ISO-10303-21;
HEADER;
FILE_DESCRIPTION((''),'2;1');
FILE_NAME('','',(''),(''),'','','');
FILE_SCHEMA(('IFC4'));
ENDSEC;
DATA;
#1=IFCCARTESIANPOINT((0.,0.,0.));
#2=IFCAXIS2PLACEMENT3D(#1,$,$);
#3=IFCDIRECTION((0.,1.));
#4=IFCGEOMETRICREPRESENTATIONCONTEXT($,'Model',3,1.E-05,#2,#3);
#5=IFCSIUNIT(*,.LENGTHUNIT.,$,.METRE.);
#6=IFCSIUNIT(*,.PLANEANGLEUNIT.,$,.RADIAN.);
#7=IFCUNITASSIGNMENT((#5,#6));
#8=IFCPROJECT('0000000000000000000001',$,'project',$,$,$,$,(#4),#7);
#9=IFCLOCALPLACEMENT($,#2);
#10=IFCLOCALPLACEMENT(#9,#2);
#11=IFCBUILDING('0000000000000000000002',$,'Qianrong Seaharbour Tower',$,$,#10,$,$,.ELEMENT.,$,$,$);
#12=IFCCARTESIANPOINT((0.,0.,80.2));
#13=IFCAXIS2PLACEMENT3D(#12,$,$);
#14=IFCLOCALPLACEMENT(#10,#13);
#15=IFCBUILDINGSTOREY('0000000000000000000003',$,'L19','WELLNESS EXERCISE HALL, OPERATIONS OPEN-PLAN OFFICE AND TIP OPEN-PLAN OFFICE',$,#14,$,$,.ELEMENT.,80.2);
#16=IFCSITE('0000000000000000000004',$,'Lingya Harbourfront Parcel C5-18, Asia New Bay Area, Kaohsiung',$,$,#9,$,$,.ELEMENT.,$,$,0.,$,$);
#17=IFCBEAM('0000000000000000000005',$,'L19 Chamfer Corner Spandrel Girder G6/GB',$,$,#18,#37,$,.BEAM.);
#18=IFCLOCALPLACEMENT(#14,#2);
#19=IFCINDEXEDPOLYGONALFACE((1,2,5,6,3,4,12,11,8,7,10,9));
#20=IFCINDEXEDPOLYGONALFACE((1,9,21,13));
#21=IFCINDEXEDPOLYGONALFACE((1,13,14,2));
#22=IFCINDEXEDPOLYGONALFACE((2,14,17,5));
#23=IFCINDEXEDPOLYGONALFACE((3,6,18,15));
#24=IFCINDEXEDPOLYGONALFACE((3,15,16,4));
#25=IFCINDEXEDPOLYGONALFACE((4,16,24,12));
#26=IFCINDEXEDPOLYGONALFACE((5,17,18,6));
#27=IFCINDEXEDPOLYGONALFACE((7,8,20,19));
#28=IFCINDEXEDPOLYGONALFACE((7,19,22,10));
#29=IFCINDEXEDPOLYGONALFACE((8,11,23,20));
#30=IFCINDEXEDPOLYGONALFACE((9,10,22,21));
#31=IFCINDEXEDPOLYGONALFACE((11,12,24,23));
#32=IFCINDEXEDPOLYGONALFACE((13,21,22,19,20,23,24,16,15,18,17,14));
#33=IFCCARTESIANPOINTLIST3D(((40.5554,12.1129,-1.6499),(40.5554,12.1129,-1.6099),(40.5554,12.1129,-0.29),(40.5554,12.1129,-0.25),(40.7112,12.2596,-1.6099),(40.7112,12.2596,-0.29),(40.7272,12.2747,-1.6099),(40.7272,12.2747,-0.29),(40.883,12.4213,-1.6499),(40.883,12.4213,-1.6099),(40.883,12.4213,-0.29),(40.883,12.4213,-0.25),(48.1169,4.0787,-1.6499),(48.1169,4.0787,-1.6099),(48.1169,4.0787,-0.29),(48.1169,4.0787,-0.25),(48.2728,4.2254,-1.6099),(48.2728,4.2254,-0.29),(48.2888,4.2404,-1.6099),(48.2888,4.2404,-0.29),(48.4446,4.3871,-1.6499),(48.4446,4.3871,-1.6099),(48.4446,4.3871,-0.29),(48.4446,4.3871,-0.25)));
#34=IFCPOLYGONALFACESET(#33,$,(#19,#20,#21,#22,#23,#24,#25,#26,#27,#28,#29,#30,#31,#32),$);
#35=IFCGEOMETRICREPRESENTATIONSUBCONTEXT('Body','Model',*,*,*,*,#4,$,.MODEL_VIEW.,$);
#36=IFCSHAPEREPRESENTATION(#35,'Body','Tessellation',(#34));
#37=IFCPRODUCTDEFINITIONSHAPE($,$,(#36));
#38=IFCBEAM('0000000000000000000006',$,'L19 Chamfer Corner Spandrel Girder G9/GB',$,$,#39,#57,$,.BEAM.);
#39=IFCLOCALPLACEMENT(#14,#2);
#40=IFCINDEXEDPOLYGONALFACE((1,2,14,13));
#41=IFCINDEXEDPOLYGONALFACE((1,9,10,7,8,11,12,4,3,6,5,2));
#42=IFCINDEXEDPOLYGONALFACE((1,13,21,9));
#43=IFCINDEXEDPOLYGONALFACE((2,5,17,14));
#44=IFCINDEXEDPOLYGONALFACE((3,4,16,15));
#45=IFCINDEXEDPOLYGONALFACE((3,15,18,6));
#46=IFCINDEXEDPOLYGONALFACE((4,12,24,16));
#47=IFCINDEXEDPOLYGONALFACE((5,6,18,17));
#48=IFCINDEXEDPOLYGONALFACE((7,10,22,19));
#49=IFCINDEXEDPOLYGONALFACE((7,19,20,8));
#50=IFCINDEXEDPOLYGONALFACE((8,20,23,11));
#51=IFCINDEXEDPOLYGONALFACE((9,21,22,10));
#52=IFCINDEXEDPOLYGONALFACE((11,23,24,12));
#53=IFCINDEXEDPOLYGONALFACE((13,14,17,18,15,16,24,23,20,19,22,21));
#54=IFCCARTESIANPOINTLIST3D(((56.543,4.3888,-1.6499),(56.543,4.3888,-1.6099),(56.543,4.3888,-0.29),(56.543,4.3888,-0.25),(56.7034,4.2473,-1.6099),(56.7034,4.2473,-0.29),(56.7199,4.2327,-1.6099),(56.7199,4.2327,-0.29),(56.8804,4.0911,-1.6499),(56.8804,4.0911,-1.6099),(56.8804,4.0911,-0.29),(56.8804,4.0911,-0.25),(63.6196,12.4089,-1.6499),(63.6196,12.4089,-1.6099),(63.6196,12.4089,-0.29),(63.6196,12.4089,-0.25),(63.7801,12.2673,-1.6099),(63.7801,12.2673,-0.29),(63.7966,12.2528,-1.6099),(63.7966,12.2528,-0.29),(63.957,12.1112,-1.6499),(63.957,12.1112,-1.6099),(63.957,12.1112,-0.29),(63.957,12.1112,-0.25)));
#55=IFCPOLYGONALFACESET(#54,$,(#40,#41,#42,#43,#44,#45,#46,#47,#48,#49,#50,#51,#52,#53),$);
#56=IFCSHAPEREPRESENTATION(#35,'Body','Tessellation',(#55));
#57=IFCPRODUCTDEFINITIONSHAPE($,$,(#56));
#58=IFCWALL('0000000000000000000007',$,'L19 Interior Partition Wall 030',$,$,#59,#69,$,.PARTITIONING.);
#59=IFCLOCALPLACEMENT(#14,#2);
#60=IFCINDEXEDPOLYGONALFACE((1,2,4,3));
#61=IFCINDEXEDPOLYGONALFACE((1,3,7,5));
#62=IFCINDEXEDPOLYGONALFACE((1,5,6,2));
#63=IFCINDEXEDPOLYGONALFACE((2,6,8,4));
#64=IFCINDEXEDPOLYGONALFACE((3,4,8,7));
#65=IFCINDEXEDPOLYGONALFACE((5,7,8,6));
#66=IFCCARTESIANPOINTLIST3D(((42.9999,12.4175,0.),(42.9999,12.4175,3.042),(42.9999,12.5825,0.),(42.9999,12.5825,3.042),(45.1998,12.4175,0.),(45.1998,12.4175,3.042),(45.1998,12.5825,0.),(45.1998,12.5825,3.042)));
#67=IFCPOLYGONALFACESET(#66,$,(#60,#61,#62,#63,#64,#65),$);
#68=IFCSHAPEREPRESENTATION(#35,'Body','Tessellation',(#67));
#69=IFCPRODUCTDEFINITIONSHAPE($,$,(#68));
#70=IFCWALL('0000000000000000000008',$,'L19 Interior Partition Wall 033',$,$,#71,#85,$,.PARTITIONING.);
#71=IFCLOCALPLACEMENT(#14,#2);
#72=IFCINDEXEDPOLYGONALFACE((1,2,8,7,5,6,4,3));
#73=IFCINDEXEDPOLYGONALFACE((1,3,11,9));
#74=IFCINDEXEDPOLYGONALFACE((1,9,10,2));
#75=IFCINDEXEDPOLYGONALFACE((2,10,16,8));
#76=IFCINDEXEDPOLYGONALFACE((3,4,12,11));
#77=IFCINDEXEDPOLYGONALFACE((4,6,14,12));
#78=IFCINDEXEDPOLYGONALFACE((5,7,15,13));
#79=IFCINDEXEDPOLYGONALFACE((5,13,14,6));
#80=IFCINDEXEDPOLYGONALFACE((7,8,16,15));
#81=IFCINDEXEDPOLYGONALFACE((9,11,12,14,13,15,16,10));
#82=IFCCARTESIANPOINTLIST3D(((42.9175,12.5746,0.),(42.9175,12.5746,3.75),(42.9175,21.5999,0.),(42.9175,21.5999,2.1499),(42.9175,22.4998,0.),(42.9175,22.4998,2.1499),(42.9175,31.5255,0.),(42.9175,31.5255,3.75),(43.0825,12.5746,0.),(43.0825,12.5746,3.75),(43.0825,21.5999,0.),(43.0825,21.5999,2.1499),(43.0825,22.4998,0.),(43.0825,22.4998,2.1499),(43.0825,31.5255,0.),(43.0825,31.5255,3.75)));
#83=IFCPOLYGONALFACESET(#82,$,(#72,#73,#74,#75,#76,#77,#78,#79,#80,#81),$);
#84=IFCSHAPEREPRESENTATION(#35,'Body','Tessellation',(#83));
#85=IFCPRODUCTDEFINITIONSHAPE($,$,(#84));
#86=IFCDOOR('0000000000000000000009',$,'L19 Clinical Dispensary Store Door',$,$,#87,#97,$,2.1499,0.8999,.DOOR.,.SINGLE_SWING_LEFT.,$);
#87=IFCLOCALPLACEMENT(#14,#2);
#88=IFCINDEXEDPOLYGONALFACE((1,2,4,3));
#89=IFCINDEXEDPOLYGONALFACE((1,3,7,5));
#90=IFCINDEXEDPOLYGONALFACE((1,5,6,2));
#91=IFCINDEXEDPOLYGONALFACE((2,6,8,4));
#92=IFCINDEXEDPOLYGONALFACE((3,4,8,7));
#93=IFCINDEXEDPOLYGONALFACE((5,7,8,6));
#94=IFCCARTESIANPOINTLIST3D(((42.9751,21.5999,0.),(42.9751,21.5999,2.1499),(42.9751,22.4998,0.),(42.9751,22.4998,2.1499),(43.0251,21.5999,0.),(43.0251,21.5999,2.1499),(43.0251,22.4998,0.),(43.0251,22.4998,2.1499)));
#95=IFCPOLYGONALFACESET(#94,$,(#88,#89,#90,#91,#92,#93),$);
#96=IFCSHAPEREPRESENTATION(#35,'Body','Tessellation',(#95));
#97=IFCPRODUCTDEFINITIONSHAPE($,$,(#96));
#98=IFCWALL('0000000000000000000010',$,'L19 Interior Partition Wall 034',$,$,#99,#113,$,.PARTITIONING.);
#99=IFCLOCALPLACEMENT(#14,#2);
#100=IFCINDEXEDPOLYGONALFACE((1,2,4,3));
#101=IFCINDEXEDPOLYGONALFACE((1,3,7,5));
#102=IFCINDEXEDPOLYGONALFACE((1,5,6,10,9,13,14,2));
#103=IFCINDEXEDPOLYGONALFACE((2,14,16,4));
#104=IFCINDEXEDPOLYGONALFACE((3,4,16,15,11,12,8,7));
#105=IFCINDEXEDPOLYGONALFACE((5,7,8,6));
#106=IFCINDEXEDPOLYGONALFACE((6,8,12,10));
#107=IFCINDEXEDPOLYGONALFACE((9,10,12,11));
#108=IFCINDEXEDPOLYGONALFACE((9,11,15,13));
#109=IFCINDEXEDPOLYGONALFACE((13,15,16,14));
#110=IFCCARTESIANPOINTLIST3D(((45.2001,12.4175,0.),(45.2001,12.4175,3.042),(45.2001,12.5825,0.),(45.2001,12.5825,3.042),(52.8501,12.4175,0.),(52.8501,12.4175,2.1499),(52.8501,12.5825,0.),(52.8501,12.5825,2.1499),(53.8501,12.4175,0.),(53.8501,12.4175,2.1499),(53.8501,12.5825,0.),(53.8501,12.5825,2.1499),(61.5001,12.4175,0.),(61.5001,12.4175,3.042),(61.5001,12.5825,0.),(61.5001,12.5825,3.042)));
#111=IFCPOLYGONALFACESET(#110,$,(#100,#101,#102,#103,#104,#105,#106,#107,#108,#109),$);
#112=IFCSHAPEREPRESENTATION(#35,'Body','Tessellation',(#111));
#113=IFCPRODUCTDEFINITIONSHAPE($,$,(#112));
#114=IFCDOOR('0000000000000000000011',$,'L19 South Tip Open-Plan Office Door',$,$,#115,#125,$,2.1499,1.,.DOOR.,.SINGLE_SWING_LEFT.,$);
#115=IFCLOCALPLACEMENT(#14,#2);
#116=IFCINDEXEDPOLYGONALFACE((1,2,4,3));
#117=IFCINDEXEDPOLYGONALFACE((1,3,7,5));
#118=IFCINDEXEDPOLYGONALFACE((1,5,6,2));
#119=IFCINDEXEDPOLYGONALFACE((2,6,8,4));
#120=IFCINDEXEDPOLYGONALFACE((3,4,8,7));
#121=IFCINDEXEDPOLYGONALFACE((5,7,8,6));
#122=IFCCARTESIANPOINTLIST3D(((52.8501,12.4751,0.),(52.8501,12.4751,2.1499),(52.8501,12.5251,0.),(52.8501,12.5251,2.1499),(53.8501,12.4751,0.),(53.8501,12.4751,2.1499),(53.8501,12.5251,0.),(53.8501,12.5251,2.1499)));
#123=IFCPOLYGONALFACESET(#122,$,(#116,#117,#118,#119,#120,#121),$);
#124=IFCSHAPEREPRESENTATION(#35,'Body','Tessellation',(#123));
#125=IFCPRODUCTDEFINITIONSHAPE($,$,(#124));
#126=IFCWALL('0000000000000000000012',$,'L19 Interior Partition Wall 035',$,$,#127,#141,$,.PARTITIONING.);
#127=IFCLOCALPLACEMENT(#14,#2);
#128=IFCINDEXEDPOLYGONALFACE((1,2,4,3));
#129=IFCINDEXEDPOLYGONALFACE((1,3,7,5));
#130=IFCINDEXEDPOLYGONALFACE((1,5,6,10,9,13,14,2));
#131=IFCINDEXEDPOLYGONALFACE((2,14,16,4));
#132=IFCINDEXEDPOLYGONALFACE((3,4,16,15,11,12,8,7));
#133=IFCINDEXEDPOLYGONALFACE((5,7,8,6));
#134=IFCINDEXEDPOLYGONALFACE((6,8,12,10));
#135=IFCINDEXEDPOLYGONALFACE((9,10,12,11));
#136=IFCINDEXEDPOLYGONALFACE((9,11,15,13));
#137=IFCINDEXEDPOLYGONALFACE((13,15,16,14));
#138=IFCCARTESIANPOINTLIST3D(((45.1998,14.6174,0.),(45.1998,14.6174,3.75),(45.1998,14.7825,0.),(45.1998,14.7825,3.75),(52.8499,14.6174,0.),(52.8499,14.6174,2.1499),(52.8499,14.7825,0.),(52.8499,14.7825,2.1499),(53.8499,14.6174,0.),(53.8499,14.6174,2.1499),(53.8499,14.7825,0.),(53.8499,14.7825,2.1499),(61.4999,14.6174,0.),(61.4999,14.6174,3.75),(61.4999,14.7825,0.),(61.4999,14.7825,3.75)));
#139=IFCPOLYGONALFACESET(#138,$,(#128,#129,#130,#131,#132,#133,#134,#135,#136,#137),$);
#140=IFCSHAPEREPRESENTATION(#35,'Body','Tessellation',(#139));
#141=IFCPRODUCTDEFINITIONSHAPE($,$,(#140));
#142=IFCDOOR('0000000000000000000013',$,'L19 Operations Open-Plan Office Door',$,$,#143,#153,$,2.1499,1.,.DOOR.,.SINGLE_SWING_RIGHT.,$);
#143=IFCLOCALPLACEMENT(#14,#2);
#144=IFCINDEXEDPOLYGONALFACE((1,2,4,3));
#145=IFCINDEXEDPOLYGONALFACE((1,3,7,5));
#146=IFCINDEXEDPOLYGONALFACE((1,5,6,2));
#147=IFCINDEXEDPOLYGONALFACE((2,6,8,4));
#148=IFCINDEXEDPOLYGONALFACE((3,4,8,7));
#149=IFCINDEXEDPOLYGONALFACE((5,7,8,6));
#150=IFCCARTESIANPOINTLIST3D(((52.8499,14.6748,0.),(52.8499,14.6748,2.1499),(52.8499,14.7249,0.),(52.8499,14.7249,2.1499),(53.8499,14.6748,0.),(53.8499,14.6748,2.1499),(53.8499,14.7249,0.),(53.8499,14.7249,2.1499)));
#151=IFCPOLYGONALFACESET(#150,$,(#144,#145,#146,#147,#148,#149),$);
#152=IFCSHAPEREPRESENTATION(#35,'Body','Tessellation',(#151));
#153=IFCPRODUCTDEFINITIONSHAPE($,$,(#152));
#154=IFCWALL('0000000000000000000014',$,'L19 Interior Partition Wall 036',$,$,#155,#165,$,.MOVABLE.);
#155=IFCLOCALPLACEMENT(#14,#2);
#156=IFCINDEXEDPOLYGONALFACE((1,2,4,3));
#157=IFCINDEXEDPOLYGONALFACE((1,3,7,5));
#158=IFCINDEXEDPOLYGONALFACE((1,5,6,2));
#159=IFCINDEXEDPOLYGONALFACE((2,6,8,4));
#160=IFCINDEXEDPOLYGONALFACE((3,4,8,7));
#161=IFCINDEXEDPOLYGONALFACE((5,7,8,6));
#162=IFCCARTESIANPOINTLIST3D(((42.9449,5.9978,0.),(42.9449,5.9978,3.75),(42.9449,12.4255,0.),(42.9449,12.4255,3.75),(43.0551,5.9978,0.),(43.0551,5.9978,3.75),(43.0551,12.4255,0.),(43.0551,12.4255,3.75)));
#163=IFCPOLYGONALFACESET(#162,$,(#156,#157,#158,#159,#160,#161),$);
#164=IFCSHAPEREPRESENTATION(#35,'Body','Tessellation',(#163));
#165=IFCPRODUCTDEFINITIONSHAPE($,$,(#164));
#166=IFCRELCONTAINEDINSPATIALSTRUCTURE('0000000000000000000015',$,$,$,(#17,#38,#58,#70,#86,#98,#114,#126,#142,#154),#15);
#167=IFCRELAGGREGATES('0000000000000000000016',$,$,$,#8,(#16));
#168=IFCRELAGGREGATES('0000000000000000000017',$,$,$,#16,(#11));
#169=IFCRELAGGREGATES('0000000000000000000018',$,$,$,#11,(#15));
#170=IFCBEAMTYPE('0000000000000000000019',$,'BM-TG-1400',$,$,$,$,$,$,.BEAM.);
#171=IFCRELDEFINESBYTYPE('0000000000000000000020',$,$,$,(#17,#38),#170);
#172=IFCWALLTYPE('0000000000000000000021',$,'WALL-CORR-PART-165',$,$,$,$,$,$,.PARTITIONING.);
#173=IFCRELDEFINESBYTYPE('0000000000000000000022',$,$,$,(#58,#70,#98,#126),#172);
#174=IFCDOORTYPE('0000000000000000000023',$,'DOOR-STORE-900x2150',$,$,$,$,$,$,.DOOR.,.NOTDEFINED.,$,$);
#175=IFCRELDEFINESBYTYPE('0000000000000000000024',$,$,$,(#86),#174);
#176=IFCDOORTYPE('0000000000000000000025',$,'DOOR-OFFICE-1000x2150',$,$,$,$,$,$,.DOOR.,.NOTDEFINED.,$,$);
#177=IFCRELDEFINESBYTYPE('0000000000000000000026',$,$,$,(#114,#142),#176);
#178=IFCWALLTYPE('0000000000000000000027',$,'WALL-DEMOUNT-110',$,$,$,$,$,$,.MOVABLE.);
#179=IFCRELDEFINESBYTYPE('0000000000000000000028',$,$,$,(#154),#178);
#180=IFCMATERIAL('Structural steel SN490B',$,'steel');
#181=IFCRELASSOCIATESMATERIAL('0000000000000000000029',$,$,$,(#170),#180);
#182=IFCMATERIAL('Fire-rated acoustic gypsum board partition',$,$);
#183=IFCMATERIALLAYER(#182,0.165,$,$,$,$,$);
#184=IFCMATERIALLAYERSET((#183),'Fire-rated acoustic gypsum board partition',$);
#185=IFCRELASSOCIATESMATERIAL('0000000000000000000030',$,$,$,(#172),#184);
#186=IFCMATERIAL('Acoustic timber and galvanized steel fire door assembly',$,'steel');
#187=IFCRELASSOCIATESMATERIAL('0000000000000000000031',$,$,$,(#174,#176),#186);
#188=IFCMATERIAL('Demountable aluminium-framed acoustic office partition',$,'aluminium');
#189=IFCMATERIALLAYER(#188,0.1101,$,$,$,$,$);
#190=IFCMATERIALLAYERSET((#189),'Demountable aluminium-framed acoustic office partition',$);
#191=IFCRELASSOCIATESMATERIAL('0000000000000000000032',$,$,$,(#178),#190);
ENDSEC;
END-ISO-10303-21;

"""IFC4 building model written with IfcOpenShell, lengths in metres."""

from ifc_helpers import new_model, si_unit, direction, frame, frame_2d, origin, origin_2d, place, context, subcontext, project, spatial, rectangle, i_section, extrude, material, layer, layer_set, material_profile, profile_set, type_object, element, fill, save


model = new_model("IFC4")

# Units and contexts
model_context = context("Model", 3, precision=1e-05, world=origin(), true_north=direction((0.0, 1.0)))
body_context = subcontext(model_context, "Body", "Model", "MODEL_VIEW")
ifc_project = project(units=[si_unit("LENGTHUNIT", "METRE"), si_unit("PLANEANGLEUNIT", "RADIAN")], contexts=[model_context])

# Site, building, storey
site_placement = place(None, origin())
site = spatial("IfcSite", under=ifc_project, at=site_placement, Name="Lingya Harbourfront Parcel C5-18, Asia New Bay Area, Kaohsiung", CompositionType="ELEMENT", RefElevation=0.0)
building_placement = place(site_placement, origin())
building = spatial("IfcBuilding", under=site, at=building_placement, Name="Qianrong Seaharbour Tower", CompositionType="ELEMENT")
storey_placement = place(building_placement, frame((0.0, 0.0, 80.2)))
storey = spatial("IfcBuildingStorey", under=building, at=storey_placement, Name="L19", Description="WELLNESS EXERCISE HALL, OPERATIONS OPEN-PLAN OFFICE AND TIP OPEN-PLAN OFFICE", CompositionType="ELEMENT", Elevation=80.2)

# Shared definitions
ifc_material_1 = material(Name="Structural steel SN490B", Category="steel")

# Beams
ifc_material_profile_1 = material_profile(ifc_material_1, i_section(OverallWidth=0.45, OverallDepth=1.3999, WebThickness=0.022, FlangeThickness=0.04, at=origin_2d()), Name="BH1400x450x22x40")
ifc_profile_set_1 = profile_set([ifc_material_profile_1], Name="Structural steel SN490B")
beam_type_1 = type_object("IfcBeamType", Name="BM-TG-1400", PredefinedType="BEAM", material=ifc_profile_set_1)
beam_1_placement = place(storey_placement, frame((48.2808, 4.2329, -0.95), z_axis=(-0.685362, 0.728203, 0.0), x_axis=(-0.728203, -0.685362, 0.0)))
element("IfcBeam", 1, at=beam_1_placement, inside=storey, type_object=beam_type_1, Name="L19 Chamfer Corner Spandrel Girder G6/GB", PredefinedType="BEAM", context=body_context, shape_type="SweptSolid", body=[
    extrude(i_section(OverallWidth=0.45, OverallDepth=1.3999, WebThickness=0.022, FlangeThickness=0.04, at=origin_2d()), origin(), (0.0, 0.0, 1.0), 11.033),
])
beam_2_placement = place(storey_placement, frame((56.7117, 4.24, -0.95), z_axis=(0.661631, 0.74983, 0.0), x_axis=(-0.74983, 0.661631, 0.0)))
element("IfcBeam", 2, at=beam_2_placement, inside=storey, type_object=beam_type_1, Name="L19 Chamfer Corner Spandrel Girder G9/GB", PredefinedType="BEAM", context=body_context, shape_type="SweptSolid", body=[
    extrude(i_section(OverallWidth=0.45, OverallDepth=1.3999, WebThickness=0.022, FlangeThickness=0.04, at=origin_2d()), origin(), (0.0, 0.0, 1.0), 10.6958),
])

# Wall
ifc_material_2 = material(Name="Fire-rated acoustic gypsum board partition")
ifc_layer_1 = layer(ifc_material_2, 0.165)
ifc_layer_set_1 = layer_set([ifc_layer_1], Name="Fire-rated acoustic gypsum board partition")
wall_type_1 = type_object("IfcWallType", Name="WALL-CORR-PART-165", PredefinedType="PARTITIONING", material=ifc_layer_set_1)
wall_1_placement = place(storey_placement, frame((45.2, 12.5, 0.0), z_axis=(0.0, 0.0, 1.0), x_axis=(-1.0, 0.0, 0.0)))
element("IfcWall", 3, at=wall_1_placement, inside=storey, type_object=wall_type_1, Name="L19 Interior Partition Wall 030", PredefinedType="PARTITIONING", context=body_context, shape_type="SweptSolid", body=[
    extrude(rectangle(XDim=2.2, YDim=0.165, at=frame_2d((1.1001, 0.0))), origin(), (0.0, 0.0, 1.0), 3.042),
])

# Walls, openings, doors
wall_2_placement = place(storey_placement, frame((43.0, 12.5745, 0.0), z_axis=(0.0, 0.0, 1.0), x_axis=(0.0, 1.0, 0.0)))
wall_2 = element("IfcWall", 4, at=wall_2_placement, inside=storey, type_object=wall_type_1, Name="L19 Interior Partition Wall 033", PredefinedType="PARTITIONING", context=body_context, shape_type="SweptSolid", body=[
    extrude(rectangle(XDim=18.9509, YDim=0.165, at=frame_2d((9.4756, 0.0))), origin(), (0.0, 0.0, 1.0), 3.75),
])
opening_1_placement = place(wall_2_placement, frame((9.0254, 0.0, 0.0)))
opening_1 = element("IfcOpeningElement", 5, at=opening_1_placement, cuts=wall_2, PredefinedType="OPENING", context=body_context, shape_type="SweptSolid", body=[
    extrude(rectangle(XDim=0.8999, YDim=2.1499, at=frame_2d((0.45, 1.075))), frame((0.0, 0.0925, 0.0), z_axis=(0.0, -1.0, 0.0), x_axis=(1.0, 0.0, 0.0)), (0.0, 0.0, 1.0), 0.1851),
])
ifc_material_3 = material(Name="Acoustic timber and galvanized steel fire door assembly", Category="steel")
door_type_1 = type_object("IfcDoorType", Name="DOOR-STORE-900x2150", OperationType="NOTDEFINED", PredefinedType="DOOR", material=ifc_material_3)
door_1_placement = place(opening_1_placement, origin())
door_1 = element("IfcDoor", 6, at=door_1_placement, inside=storey, type_object=door_type_1, Name="L19 Clinical Dispensary Store Door", OperationType="SINGLE_SWING_LEFT", OverallHeight=2.1499, OverallWidth=0.8999, PredefinedType="DOOR", context=body_context, shape_type="SweptSolid", body=[
    extrude(rectangle(XDim=0.8999, YDim=2.1499, at=frame_2d((0.45, 1.075))), frame((0.0, 0.0249, 0.0), z_axis=(0.0, -1.0, 0.0), x_axis=(1.0, 0.0, 0.0)), (0.0, 0.0, 1.0), 0.05),
])
fill(opening_1, door_1)
wall_3_placement = place(storey_placement, frame((61.5, 12.5, 0.0), z_axis=(0.0, 0.0, 1.0), x_axis=(-1.0, 0.0, 0.0)))
wall_3 = element("IfcWall", 7, at=wall_3_placement, inside=storey, type_object=wall_type_1, Name="L19 Interior Partition Wall 034", PredefinedType="PARTITIONING", context=body_context, shape_type="SweptSolid", body=[
    extrude(rectangle(XDim=16.3, YDim=0.165, at=frame_2d((8.1499, 0.0))), origin(), (0.0, 0.0, 1.0), 3.042),
])
opening_2_placement = place(wall_3_placement, frame((7.6499, 0.0, 0.0)))
opening_2 = element("IfcOpeningElement", 8, at=opening_2_placement, cuts=wall_3, PredefinedType="OPENING", context=body_context, shape_type="SweptSolid", body=[
    extrude(rectangle(XDim=1.0, YDim=2.1499, at=frame_2d((0.5, 1.075))), frame((0.0, 0.0925, 0.0), z_axis=(0.0, -1.0, 0.0), x_axis=(1.0, 0.0, 0.0)), (0.0, 0.0, 1.0), 0.1851),
])
door_type_2 = type_object("IfcDoorType", Name="DOOR-OFFICE-1000x2150", OperationType="NOTDEFINED", PredefinedType="DOOR", material=ifc_material_3)
door_2_placement = place(opening_2_placement, origin())
door_2 = element("IfcDoor", 9, at=door_2_placement, inside=storey, type_object=door_type_2, Name="L19 South Tip Open-Plan Office Door", OperationType="SINGLE_SWING_LEFT", OverallHeight=2.1499, OverallWidth=1.0, PredefinedType="DOOR", context=body_context, shape_type="SweptSolid", body=[
    extrude(rectangle(XDim=1.0, YDim=2.1499, at=frame_2d((0.5, 1.075))), frame((0.0, 0.0249, 0.0), z_axis=(0.0, -1.0, 0.0), x_axis=(1.0, 0.0, 0.0)), (0.0, 0.0, 1.0), 0.05),
])
fill(opening_2, door_2)
wall_4_placement = place(storey_placement, frame((45.2, 14.7, 0.0), z_axis=(0.0, 0.0, 1.0), x_axis=(1.0, 0.0, 0.0)))
wall_4 = element("IfcWall", 10, at=wall_4_placement, inside=storey, type_object=wall_type_1, Name="L19 Interior Partition Wall 035", PredefinedType="PARTITIONING", context=body_context, shape_type="SweptSolid", body=[
    extrude(rectangle(XDim=16.3, YDim=0.165, at=frame_2d((8.1499, 0.0))), origin(), (0.0, 0.0, 1.0), 3.75),
])
opening_3_placement = place(wall_4_placement, frame((7.6499, 0.0, 0.0)))
opening_3 = element("IfcOpeningElement", 11, at=opening_3_placement, cuts=wall_4, PredefinedType="OPENING", context=body_context, shape_type="SweptSolid", body=[
    extrude(rectangle(XDim=1.0, YDim=2.1499, at=frame_2d((0.5, 1.075))), frame((0.0, 0.0925, 0.0), z_axis=(0.0, -1.0, 0.0), x_axis=(1.0, 0.0, 0.0)), (0.0, 0.0, 1.0), 0.1851),
])
door_3_placement = place(opening_3_placement, origin())
door_3 = element("IfcDoor", 12, at=door_3_placement, inside=storey, type_object=door_type_2, Name="L19 Operations Open-Plan Office Door", OperationType="SINGLE_SWING_RIGHT", OverallHeight=2.1499, OverallWidth=1.0, PredefinedType="DOOR", context=body_context, shape_type="SweptSolid", body=[
    extrude(rectangle(XDim=1.0, YDim=2.1499, at=frame_2d((0.5, 1.075))), frame((0.0, 0.0249, 0.0), z_axis=(0.0, -1.0, 0.0), x_axis=(1.0, 0.0, 0.0)), (0.0, 0.0, 1.0), 0.05),
])
fill(opening_3, door_3)

# Wall
ifc_material_4 = material(Name="Demountable aluminium-framed acoustic office partition", Category="aluminium")
ifc_layer_2 = layer(ifc_material_4, 0.1101)
ifc_layer_set_2 = layer_set([ifc_layer_2], Name="Demountable aluminium-framed acoustic office partition")
wall_type_2 = type_object("IfcWallType", Name="WALL-DEMOUNT-110", PredefinedType="MOVABLE", material=ifc_layer_set_2)
wall_5_placement = place(storey_placement, frame((43.0, 5.9978, 0.0), z_axis=(0.0, 0.0, 1.0), x_axis=(0.0, 1.0, 0.0)))
element("IfcWall", 13, at=wall_5_placement, inside=storey, type_object=wall_type_2, Name="L19 Interior Partition Wall 036", PredefinedType="MOVABLE", context=body_context, shape_type="SweptSolid", body=[
    extrude(rectangle(XDim=6.4277, YDim=0.1101, at=frame_2d((3.2139, 0.0))), origin(), (0.0, 0.0, 1.0), 3.75),
])

save(model, "model.ifc")
